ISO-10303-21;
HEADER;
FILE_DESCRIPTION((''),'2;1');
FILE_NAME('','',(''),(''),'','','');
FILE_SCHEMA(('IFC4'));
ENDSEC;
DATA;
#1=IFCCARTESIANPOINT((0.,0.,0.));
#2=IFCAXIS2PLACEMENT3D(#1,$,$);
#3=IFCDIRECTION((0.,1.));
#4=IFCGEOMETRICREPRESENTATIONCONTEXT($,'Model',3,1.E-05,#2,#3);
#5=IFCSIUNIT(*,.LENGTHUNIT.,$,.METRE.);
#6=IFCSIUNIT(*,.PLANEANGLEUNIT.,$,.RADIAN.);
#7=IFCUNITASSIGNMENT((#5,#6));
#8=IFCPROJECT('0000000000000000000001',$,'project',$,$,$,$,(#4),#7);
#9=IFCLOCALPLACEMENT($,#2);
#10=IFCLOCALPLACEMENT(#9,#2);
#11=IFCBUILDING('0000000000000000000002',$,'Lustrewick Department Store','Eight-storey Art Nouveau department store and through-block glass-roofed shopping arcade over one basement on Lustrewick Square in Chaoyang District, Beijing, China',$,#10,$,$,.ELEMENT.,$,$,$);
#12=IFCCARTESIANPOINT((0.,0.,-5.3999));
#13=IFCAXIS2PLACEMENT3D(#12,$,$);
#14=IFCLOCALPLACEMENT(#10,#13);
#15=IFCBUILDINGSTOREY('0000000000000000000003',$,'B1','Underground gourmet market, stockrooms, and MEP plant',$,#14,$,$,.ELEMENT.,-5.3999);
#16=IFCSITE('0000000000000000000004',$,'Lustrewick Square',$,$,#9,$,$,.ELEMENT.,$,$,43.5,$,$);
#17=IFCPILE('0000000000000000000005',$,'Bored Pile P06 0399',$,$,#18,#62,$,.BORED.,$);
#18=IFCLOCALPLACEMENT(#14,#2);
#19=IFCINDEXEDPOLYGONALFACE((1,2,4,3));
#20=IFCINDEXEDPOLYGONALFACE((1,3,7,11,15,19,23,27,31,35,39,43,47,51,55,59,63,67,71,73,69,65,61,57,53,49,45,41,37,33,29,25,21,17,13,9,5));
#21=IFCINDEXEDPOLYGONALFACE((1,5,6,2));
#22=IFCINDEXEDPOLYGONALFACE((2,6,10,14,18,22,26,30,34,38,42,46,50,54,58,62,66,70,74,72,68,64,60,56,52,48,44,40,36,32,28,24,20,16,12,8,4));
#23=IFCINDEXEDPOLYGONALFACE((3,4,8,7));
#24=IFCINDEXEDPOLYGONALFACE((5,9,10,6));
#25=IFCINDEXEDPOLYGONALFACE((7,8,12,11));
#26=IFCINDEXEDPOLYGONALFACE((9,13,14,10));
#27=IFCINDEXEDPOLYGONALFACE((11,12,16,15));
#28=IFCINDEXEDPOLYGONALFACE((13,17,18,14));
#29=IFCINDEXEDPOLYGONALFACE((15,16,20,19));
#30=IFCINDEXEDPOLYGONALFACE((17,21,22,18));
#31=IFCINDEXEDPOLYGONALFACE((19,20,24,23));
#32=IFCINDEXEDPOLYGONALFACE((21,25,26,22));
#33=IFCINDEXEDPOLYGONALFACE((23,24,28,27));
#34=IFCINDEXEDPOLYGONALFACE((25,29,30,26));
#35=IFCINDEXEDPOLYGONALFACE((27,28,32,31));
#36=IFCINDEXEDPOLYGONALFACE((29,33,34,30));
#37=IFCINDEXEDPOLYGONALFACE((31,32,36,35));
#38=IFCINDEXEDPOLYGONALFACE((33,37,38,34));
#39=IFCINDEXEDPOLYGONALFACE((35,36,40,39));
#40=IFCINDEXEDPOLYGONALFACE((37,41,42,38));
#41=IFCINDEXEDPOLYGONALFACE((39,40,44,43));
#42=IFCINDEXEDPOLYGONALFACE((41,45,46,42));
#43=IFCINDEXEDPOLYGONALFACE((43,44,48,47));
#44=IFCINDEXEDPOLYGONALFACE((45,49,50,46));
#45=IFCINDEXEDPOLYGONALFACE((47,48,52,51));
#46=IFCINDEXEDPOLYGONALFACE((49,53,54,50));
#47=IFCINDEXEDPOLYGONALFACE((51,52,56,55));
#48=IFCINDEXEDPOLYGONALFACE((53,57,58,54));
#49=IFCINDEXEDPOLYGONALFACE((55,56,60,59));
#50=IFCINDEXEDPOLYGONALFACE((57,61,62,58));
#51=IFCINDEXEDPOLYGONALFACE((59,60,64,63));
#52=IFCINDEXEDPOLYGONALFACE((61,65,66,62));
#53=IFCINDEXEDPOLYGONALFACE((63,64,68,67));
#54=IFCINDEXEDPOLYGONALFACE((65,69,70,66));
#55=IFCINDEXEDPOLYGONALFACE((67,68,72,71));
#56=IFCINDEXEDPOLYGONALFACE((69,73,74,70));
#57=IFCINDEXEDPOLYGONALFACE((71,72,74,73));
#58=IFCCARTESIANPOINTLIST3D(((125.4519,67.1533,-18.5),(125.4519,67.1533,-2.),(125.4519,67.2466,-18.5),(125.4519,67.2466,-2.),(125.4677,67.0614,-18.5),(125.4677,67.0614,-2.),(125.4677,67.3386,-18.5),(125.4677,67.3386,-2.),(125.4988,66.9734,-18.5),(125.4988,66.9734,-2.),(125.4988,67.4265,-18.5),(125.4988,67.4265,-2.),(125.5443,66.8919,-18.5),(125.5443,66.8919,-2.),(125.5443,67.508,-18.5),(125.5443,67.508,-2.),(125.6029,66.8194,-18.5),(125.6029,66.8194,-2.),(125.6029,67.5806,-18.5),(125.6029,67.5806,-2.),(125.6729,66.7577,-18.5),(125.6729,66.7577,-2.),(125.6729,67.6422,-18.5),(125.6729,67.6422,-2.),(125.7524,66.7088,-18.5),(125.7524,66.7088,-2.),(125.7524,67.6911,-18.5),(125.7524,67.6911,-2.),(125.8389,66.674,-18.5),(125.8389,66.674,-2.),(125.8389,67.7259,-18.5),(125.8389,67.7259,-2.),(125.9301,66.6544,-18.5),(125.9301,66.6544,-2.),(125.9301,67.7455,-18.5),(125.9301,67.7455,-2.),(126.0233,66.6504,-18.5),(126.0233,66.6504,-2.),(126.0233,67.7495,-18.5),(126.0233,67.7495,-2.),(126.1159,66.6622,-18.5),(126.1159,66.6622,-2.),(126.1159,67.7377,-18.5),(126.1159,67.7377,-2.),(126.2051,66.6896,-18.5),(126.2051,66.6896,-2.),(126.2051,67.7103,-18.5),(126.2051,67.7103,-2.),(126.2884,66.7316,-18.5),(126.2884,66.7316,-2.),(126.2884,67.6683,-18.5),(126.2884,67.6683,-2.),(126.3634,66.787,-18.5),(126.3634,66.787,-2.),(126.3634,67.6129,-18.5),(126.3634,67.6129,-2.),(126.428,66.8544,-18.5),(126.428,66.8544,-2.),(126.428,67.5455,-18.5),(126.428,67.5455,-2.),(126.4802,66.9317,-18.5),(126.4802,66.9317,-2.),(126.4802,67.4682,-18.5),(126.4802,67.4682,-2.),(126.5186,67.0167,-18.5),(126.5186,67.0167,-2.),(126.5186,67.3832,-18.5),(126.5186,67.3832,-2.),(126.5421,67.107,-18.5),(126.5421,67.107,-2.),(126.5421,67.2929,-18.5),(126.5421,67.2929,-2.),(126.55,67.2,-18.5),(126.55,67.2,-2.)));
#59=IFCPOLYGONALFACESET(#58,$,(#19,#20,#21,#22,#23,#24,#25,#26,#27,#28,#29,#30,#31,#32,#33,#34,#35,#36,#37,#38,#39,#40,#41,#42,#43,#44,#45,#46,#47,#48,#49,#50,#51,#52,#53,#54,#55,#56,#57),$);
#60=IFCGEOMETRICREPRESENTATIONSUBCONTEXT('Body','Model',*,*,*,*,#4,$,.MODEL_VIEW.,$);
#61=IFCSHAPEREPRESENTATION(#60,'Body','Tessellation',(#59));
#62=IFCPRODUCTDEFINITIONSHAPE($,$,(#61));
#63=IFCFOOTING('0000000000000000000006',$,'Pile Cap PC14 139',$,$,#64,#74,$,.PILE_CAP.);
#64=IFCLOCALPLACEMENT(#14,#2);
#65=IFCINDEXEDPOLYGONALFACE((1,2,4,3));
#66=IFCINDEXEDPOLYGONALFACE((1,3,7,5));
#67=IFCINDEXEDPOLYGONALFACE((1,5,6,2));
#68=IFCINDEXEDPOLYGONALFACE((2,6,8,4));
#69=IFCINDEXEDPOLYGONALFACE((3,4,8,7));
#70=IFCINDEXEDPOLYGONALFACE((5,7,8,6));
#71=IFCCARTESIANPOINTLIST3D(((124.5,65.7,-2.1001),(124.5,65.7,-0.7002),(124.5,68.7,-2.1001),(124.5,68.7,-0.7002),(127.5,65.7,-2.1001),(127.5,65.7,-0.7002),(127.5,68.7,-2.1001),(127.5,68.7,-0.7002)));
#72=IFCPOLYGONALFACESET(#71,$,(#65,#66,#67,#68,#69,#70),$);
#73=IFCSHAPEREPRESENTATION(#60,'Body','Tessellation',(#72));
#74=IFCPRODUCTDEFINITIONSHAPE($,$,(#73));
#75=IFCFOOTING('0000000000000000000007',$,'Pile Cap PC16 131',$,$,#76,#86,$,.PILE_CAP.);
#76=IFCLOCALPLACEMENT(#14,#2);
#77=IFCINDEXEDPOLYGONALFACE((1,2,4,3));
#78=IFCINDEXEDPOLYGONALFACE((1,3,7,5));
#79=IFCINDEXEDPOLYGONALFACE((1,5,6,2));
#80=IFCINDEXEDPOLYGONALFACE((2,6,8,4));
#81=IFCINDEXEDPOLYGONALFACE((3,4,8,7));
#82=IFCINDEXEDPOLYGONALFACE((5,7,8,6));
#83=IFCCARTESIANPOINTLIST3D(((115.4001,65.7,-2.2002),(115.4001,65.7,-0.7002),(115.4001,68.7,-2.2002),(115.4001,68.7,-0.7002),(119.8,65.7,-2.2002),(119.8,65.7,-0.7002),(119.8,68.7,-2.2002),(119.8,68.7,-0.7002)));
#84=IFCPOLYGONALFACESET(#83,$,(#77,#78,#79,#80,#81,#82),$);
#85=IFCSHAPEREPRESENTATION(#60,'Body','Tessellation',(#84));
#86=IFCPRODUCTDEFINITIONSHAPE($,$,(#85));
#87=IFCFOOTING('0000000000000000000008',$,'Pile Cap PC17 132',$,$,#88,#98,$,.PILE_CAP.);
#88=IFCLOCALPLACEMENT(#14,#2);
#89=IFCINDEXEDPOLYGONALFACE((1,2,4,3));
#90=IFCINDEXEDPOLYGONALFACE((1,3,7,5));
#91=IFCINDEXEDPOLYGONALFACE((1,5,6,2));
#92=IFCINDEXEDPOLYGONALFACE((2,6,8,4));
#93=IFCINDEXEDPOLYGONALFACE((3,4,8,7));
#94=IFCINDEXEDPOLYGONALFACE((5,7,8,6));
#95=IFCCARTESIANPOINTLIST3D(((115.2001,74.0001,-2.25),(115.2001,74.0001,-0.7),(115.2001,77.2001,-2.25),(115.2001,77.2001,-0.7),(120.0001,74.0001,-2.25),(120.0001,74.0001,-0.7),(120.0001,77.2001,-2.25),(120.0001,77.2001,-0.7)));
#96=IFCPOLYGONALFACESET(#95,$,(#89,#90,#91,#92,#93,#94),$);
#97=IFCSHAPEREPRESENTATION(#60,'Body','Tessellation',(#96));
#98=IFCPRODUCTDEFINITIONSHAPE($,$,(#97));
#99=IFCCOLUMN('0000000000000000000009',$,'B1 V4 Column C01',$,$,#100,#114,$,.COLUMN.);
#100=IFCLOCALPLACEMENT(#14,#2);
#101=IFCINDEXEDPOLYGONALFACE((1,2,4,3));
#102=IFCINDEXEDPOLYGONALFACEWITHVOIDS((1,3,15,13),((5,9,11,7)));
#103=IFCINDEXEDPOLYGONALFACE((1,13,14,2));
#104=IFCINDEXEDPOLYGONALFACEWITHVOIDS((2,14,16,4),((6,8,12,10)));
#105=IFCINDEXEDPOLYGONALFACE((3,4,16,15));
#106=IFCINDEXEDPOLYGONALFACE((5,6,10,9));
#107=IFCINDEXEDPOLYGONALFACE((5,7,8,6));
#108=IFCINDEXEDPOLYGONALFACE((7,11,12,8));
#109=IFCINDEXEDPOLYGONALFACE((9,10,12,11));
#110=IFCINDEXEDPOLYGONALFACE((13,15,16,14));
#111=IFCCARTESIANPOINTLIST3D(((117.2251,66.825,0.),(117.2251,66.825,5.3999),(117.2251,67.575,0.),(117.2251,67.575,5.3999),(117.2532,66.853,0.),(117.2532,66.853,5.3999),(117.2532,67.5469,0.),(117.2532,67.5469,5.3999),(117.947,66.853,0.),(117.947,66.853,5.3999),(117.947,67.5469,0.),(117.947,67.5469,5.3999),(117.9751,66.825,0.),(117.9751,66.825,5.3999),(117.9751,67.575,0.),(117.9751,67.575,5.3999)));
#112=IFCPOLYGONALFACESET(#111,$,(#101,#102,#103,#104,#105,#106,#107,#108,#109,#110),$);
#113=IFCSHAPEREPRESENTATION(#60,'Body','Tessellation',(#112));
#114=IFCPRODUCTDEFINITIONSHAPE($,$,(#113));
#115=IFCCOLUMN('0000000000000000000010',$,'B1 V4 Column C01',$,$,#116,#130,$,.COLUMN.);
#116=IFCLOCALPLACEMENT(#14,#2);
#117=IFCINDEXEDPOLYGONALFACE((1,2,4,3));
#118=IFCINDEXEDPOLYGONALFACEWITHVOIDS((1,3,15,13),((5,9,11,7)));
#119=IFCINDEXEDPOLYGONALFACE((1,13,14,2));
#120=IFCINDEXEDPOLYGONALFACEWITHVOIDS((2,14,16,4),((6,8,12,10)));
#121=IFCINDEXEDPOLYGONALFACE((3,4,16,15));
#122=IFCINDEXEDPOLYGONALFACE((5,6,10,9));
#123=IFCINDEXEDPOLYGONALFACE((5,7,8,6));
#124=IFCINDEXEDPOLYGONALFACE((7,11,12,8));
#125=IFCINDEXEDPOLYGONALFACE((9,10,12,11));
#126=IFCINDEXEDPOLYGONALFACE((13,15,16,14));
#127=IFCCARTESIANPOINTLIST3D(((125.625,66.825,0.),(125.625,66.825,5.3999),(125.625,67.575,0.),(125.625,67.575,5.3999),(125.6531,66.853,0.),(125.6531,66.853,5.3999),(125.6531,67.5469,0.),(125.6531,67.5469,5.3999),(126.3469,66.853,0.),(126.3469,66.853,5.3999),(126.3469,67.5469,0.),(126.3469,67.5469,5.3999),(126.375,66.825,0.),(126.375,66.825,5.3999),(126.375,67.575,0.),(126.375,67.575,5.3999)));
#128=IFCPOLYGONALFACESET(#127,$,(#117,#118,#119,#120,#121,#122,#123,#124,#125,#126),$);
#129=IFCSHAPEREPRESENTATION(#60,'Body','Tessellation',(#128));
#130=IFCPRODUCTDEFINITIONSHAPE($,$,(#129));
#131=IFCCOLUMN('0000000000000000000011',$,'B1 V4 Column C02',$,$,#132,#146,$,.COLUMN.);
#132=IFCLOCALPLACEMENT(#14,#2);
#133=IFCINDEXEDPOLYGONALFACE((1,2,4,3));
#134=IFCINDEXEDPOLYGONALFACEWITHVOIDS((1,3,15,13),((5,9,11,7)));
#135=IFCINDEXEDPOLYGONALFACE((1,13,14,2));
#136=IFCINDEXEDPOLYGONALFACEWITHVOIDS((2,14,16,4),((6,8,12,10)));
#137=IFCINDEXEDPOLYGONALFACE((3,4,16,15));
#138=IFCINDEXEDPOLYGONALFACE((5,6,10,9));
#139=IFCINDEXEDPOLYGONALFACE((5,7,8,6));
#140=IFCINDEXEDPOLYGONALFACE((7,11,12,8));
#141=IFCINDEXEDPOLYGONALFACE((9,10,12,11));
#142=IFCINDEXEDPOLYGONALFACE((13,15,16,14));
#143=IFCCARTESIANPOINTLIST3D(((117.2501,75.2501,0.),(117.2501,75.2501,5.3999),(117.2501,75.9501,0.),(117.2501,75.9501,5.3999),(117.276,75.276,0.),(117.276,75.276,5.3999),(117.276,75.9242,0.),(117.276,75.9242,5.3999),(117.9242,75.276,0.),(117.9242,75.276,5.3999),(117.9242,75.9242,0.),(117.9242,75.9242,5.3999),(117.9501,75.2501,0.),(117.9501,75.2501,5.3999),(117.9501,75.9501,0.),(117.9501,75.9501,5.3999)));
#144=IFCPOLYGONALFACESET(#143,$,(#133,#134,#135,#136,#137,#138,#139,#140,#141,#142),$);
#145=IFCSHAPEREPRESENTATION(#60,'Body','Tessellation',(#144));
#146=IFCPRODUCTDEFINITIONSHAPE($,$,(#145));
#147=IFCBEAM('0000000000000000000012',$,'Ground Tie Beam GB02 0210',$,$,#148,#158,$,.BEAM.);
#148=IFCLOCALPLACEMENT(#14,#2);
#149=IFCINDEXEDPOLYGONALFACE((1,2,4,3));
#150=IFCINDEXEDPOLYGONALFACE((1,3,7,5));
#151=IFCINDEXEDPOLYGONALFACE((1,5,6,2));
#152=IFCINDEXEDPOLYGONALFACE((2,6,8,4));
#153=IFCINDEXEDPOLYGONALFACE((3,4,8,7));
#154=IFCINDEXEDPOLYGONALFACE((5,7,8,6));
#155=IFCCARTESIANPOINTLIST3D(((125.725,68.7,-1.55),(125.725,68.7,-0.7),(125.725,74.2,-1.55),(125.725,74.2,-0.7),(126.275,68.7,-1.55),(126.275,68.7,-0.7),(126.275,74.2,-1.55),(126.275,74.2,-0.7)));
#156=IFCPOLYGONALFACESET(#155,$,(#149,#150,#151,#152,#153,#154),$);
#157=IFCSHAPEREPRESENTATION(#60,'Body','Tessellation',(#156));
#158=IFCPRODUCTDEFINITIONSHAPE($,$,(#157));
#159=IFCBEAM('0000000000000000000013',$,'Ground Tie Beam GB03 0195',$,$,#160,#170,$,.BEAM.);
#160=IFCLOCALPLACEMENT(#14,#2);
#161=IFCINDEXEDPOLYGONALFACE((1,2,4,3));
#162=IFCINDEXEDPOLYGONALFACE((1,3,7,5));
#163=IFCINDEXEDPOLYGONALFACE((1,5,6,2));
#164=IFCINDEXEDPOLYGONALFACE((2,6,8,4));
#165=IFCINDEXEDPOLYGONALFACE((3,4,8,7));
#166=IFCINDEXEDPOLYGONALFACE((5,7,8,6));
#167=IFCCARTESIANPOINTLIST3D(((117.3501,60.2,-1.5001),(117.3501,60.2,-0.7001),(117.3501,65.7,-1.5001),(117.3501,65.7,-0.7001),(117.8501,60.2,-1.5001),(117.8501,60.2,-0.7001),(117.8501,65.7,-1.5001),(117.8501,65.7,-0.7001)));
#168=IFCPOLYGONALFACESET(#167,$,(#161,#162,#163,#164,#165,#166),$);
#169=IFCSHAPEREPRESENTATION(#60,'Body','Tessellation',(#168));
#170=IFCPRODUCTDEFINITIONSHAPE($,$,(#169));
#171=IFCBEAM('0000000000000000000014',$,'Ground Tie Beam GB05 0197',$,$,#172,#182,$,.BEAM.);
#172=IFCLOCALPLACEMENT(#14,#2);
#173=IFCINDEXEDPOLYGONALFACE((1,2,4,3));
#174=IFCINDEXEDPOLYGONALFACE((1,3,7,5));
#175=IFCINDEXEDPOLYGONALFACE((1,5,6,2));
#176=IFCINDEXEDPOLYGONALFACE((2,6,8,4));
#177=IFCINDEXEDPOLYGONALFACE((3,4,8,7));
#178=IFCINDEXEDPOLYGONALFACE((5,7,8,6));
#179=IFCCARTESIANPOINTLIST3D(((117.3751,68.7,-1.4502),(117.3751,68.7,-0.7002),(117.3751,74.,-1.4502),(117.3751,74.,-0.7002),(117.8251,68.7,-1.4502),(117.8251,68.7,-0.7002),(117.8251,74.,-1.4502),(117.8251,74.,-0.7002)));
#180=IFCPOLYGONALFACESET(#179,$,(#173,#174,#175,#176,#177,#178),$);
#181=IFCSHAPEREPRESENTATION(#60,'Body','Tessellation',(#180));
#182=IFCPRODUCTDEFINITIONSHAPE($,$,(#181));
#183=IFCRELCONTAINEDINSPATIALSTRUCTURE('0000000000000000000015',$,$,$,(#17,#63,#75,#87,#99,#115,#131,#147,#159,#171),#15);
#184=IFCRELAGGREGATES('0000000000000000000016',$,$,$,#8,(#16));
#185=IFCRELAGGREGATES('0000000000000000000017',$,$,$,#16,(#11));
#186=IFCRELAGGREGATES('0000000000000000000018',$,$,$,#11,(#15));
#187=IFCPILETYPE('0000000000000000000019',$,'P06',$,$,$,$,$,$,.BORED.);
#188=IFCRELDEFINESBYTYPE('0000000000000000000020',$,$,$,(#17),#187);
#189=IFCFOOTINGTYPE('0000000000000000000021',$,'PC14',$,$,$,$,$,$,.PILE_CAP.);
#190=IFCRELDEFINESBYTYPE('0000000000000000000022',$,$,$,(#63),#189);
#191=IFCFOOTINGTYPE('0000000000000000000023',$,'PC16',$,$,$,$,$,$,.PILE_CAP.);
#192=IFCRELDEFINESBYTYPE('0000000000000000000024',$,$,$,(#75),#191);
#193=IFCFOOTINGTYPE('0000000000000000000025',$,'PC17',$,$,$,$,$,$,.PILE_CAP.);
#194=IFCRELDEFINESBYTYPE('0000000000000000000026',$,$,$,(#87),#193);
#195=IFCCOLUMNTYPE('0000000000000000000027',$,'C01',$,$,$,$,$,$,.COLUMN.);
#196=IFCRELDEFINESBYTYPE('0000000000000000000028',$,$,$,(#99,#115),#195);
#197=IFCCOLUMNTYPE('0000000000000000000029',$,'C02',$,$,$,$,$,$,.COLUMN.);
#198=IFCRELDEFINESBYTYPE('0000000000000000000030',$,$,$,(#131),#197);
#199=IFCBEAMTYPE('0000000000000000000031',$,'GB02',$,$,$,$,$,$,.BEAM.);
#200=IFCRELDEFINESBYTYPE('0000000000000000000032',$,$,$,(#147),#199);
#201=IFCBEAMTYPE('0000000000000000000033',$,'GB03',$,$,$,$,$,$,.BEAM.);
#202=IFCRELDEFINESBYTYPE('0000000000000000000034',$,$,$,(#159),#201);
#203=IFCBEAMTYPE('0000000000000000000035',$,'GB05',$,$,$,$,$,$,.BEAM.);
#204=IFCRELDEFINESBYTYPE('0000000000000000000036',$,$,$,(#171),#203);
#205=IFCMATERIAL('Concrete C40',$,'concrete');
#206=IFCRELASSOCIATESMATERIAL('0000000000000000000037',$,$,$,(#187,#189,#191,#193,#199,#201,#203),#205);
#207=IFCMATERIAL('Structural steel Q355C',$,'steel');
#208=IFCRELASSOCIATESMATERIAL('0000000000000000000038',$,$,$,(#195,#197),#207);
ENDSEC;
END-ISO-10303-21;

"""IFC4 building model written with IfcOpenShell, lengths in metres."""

from ifc_helpers import new_model, si_unit, direction, frame, origin, origin_2d, place, context, subcontext, project, spatial, rectangle, hollow_rectangle, circle, extrude, material, material_profile, profile_set, type_object, element, save


model = new_model("IFC4")

# Units and contexts
model_context = context("Model", 3, precision=1e-05, world=origin(), true_north=direction((0.0, 1.0)))
body_context = subcontext(model_context, "Body", "Model", "MODEL_VIEW")
ifc_project = project(units=[si_unit("LENGTHUNIT", "METRE"), si_unit("PLANEANGLEUNIT", "RADIAN")], contexts=[model_context])

# Site, building, storey
site_placement = place(None, origin())
site = spatial("IfcSite", under=ifc_project, at=site_placement, Name="Lustrewick Square", CompositionType="ELEMENT", RefElevation=43.5)
building_placement = place(site_placement, origin())
building = spatial("IfcBuilding", under=site, at=building_placement, Name="Lustrewick Department Store", Description="Eight-storey Art Nouveau department store and through-block glass-roofed shopping arcade over one basement on Lustrewick Square in Chaoyang District, Beijing, China", CompositionType="ELEMENT")
storey_placement = place(building_placement, frame((0.0, 0.0, -5.3999)))
storey = spatial("IfcBuildingStorey", under=building, at=storey_placement, Name="B1", Description="Underground gourmet market, stockrooms, and MEP plant", CompositionType="ELEMENT", Elevation=-5.3999)

# Pile
ifc_material_1 = material(Name="Concrete C40", Category="concrete")
ifc_material_profile_1 = material_profile(ifc_material_1, circle(Radius=0.55, at=origin_2d()), Name="PILE D1100")
ifc_profile_set_1 = profile_set([ifc_material_profile_1], Name="Concrete C40")
pile_type_1 = type_object("IfcPileType", Name="P06", PredefinedType="BORED", material=ifc_profile_set_1)
pile_placement = place(storey_placement, frame((126.0, 67.2, -2.0), z_axis=(0.0, 0.0, -1.0), x_axis=(1.0, 0.0, 0.0)))
element("IfcPile", 1, at=pile_placement, inside=storey, type_object=pile_type_1, Name="Bored Pile P06 0399", PredefinedType="BORED", context=body_context, shape_type="SweptSolid", body=[
    extrude(circle(Radius=0.55, at=origin_2d()), origin(), (0.0, 0.0, 1.0), 16.5),
])

# Footings
footing_type_1 = type_object("IfcFootingType", Name="PC14", PredefinedType="PILE_CAP", material=ifc_material_1)
footing_1_placement = place(storey_placement, frame((126.0, 67.2, -2.1001), z_axis=(0.0, 0.0, 1.0), x_axis=(1.0, 0.0, 0.0)))
element("IfcFooting", 2, at=footing_1_placement, inside=storey, type_object=footing_type_1, Name="Pile Cap PC14 139", PredefinedType="PILE_CAP", context=body_context, shape_type="SweptSolid", body=[
    extrude(rectangle(XDim=3.0, YDim=3.0, at=origin_2d()), origin(), (0.0, 0.0, 1.0), 1.3999),
])
footing_type_2 = type_object("IfcFootingType", Name="PC16", PredefinedType="PILE_CAP", material=ifc_material_1)
footing_2_placement = place(storey_placement, frame((117.6001, 67.2, -2.2002), z_axis=(0.0, 0.0, 1.0), x_axis=(1.0, 0.0, 0.0)))
element("IfcFooting", 3, at=footing_2_placement, inside=storey, type_object=footing_type_2, Name="Pile Cap PC16 131", PredefinedType="PILE_CAP", context=body_context, shape_type="SweptSolid", body=[
    extrude(rectangle(XDim=4.3999, YDim=3.0, at=origin_2d()), origin(), (0.0, 0.0, 1.0), 1.5),
])
footing_type_3 = type_object("IfcFootingType", Name="PC17", PredefinedType="PILE_CAP", material=ifc_material_1)
footing_3_placement = place(storey_placement, frame((117.6001, 75.6001, -2.25), z_axis=(0.0, 0.0, 1.0), x_axis=(1.0, 0.0, 0.0)))
element("IfcFooting", 4, at=footing_3_placement, inside=storey, type_object=footing_type_3, Name="Pile Cap PC17 132", PredefinedType="PILE_CAP", context=body_context, shape_type="SweptSolid", body=[
    extrude(rectangle(XDim=4.8, YDim=3.2, at=origin_2d()), origin(), (0.0, 0.0, 1.0), 1.55),
])

# Columns
ifc_material_2 = material(Name="Structural steel Q355C", Category="steel")
ifc_material_profile_2 = material_profile(ifc_material_2, hollow_rectangle(XDim=0.75, YDim=0.75, WallThickness=0.0281, at=origin_2d()), Name="BOX 750x750x28")
ifc_profile_set_2 = profile_set([ifc_material_profile_2], Name="Structural steel Q355C")
column_type_1 = type_object("IfcColumnType", Name="C01", PredefinedType="COLUMN", material=ifc_profile_set_2)
for number, where, z_axis, x_axis, name in (
    (5, (117.6001, 67.2, 0.0), (0.0, 0.0, 1.0), (1.0, 0.0, 0.0), "B1 V4 Column C01"),
    (6, (126.0, 67.2, 0.0), (0.0, 0.0, 1.0), (1.0, 0.0, 0.0), "B1 V4 Column C01"),
):
    element("IfcColumn", number, at=place(storey_placement, frame(where, z_axis=z_axis, x_axis=x_axis)), inside=storey, type_object=column_type_1, Name=name, PredefinedType="COLUMN", context=body_context, shape_type="SweptSolid", body=[
        extrude(hollow_rectangle(XDim=0.75, YDim=0.75, WallThickness=0.0281, at=origin_2d()), origin(), (0.0, 0.0, 1.0), 5.3999),
    ])
ifc_material_profile_3 = material_profile(ifc_material_2, hollow_rectangle(XDim=0.7, YDim=0.7, WallThickness=0.0259, at=origin_2d()), Name="BOX 700x700x26")
ifc_profile_set_3 = profile_set([ifc_material_profile_3], Name="Structural steel Q355C")
column_type_2 = type_object("IfcColumnType", Name="C02", PredefinedType="COLUMN", material=ifc_profile_set_3)
column_placement = place(storey_placement, frame((117.6001, 75.6001, 0.0), z_axis=(0.0, 0.0, 1.0), x_axis=(1.0, 0.0, 0.0)))
element("IfcColumn", 7, at=column_placement, inside=storey, type_object=column_type_2, Name="B1 V4 Column C02", PredefinedType="COLUMN", context=body_context, shape_type="SweptSolid", body=[
    extrude(hollow_rectangle(XDim=0.7, YDim=0.7, WallThickness=0.0259, at=origin_2d()), origin(), (0.0, 0.0, 1.0), 5.3999),
])

# Beams
ifc_material_profile_4 = material_profile(ifc_material_1, rectangle(XDim=0.55, YDim=0.8501, at=origin_2d()), Name="RC 550x850")
ifc_profile_set_4 = profile_set([ifc_material_profile_4], Name="Concrete C40")
beam_type_1 = type_object("IfcBeamType", Name="GB02", PredefinedType="BEAM", material=ifc_profile_set_4)
beam_1_placement = place(storey_placement, frame((126.0, 68.7, -1.125), z_axis=(0.0, 1.0, 0.0), x_axis=(-1.0, 0.0, 0.0)))
element("IfcBeam", 8, at=beam_1_placement, inside=storey, type_object=beam_type_1, Name="Ground Tie Beam GB02 0210", PredefinedType="BEAM", context=body_context, shape_type="SweptSolid", body=[
    extrude(rectangle(XDim=0.55, YDim=0.8501, at=origin_2d()), origin(), (0.0, 0.0, 1.0), 5.5),
])
ifc_material_profile_5 = material_profile(ifc_material_1, rectangle(XDim=0.5, YDim=0.8, at=origin_2d()), Name="RC 500x800")
ifc_profile_set_5 = profile_set([ifc_material_profile_5], Name="Concrete C40")
beam_type_2 = type_object("IfcBeamType", Name="GB03", PredefinedType="BEAM", material=ifc_profile_set_5)
beam_2_placement = place(storey_placement, frame((117.6001, 60.2, -1.1001), z_axis=(0.0, 1.0, 0.0), x_axis=(-1.0, 0.0, 0.0)))
element("IfcBeam", 9, at=beam_2_placement, inside=storey, type_object=beam_type_2, Name="Ground Tie Beam GB03 0195", PredefinedType="BEAM", context=body_context, shape_type="SweptSolid", body=[
    extrude(rectangle(XDim=0.5, YDim=0.8, at=origin_2d()), origin(), (0.0, 0.0, 1.0), 5.5),
])
ifc_material_profile_6 = material_profile(ifc_material_1, rectangle(XDim=0.45, YDim=0.75, at=origin_2d()), Name="RC 450x750")
ifc_profile_set_6 = profile_set([ifc_material_profile_6], Name="Concrete C40")
beam_type_3 = type_object("IfcBeamType", Name="GB05", PredefinedType="BEAM", material=ifc_profile_set_6)
beam_3_placement = place(storey_placement, frame((117.6001, 68.7, -1.0752), z_axis=(0.0, 1.0, 0.0), x_axis=(-1.0, 0.0, 0.0)))
element("IfcBeam", 10, at=beam_3_placement, inside=storey, type_object=beam_type_3, Name="Ground Tie Beam GB05 0197", PredefinedType="BEAM", context=body_context, shape_type="SweptSolid", body=[
    extrude(rectangle(XDim=0.45, YDim=0.75, at=origin_2d()), origin(), (0.0, 0.0, 1.0), 5.3),
])

save(model, "model.ifc")
